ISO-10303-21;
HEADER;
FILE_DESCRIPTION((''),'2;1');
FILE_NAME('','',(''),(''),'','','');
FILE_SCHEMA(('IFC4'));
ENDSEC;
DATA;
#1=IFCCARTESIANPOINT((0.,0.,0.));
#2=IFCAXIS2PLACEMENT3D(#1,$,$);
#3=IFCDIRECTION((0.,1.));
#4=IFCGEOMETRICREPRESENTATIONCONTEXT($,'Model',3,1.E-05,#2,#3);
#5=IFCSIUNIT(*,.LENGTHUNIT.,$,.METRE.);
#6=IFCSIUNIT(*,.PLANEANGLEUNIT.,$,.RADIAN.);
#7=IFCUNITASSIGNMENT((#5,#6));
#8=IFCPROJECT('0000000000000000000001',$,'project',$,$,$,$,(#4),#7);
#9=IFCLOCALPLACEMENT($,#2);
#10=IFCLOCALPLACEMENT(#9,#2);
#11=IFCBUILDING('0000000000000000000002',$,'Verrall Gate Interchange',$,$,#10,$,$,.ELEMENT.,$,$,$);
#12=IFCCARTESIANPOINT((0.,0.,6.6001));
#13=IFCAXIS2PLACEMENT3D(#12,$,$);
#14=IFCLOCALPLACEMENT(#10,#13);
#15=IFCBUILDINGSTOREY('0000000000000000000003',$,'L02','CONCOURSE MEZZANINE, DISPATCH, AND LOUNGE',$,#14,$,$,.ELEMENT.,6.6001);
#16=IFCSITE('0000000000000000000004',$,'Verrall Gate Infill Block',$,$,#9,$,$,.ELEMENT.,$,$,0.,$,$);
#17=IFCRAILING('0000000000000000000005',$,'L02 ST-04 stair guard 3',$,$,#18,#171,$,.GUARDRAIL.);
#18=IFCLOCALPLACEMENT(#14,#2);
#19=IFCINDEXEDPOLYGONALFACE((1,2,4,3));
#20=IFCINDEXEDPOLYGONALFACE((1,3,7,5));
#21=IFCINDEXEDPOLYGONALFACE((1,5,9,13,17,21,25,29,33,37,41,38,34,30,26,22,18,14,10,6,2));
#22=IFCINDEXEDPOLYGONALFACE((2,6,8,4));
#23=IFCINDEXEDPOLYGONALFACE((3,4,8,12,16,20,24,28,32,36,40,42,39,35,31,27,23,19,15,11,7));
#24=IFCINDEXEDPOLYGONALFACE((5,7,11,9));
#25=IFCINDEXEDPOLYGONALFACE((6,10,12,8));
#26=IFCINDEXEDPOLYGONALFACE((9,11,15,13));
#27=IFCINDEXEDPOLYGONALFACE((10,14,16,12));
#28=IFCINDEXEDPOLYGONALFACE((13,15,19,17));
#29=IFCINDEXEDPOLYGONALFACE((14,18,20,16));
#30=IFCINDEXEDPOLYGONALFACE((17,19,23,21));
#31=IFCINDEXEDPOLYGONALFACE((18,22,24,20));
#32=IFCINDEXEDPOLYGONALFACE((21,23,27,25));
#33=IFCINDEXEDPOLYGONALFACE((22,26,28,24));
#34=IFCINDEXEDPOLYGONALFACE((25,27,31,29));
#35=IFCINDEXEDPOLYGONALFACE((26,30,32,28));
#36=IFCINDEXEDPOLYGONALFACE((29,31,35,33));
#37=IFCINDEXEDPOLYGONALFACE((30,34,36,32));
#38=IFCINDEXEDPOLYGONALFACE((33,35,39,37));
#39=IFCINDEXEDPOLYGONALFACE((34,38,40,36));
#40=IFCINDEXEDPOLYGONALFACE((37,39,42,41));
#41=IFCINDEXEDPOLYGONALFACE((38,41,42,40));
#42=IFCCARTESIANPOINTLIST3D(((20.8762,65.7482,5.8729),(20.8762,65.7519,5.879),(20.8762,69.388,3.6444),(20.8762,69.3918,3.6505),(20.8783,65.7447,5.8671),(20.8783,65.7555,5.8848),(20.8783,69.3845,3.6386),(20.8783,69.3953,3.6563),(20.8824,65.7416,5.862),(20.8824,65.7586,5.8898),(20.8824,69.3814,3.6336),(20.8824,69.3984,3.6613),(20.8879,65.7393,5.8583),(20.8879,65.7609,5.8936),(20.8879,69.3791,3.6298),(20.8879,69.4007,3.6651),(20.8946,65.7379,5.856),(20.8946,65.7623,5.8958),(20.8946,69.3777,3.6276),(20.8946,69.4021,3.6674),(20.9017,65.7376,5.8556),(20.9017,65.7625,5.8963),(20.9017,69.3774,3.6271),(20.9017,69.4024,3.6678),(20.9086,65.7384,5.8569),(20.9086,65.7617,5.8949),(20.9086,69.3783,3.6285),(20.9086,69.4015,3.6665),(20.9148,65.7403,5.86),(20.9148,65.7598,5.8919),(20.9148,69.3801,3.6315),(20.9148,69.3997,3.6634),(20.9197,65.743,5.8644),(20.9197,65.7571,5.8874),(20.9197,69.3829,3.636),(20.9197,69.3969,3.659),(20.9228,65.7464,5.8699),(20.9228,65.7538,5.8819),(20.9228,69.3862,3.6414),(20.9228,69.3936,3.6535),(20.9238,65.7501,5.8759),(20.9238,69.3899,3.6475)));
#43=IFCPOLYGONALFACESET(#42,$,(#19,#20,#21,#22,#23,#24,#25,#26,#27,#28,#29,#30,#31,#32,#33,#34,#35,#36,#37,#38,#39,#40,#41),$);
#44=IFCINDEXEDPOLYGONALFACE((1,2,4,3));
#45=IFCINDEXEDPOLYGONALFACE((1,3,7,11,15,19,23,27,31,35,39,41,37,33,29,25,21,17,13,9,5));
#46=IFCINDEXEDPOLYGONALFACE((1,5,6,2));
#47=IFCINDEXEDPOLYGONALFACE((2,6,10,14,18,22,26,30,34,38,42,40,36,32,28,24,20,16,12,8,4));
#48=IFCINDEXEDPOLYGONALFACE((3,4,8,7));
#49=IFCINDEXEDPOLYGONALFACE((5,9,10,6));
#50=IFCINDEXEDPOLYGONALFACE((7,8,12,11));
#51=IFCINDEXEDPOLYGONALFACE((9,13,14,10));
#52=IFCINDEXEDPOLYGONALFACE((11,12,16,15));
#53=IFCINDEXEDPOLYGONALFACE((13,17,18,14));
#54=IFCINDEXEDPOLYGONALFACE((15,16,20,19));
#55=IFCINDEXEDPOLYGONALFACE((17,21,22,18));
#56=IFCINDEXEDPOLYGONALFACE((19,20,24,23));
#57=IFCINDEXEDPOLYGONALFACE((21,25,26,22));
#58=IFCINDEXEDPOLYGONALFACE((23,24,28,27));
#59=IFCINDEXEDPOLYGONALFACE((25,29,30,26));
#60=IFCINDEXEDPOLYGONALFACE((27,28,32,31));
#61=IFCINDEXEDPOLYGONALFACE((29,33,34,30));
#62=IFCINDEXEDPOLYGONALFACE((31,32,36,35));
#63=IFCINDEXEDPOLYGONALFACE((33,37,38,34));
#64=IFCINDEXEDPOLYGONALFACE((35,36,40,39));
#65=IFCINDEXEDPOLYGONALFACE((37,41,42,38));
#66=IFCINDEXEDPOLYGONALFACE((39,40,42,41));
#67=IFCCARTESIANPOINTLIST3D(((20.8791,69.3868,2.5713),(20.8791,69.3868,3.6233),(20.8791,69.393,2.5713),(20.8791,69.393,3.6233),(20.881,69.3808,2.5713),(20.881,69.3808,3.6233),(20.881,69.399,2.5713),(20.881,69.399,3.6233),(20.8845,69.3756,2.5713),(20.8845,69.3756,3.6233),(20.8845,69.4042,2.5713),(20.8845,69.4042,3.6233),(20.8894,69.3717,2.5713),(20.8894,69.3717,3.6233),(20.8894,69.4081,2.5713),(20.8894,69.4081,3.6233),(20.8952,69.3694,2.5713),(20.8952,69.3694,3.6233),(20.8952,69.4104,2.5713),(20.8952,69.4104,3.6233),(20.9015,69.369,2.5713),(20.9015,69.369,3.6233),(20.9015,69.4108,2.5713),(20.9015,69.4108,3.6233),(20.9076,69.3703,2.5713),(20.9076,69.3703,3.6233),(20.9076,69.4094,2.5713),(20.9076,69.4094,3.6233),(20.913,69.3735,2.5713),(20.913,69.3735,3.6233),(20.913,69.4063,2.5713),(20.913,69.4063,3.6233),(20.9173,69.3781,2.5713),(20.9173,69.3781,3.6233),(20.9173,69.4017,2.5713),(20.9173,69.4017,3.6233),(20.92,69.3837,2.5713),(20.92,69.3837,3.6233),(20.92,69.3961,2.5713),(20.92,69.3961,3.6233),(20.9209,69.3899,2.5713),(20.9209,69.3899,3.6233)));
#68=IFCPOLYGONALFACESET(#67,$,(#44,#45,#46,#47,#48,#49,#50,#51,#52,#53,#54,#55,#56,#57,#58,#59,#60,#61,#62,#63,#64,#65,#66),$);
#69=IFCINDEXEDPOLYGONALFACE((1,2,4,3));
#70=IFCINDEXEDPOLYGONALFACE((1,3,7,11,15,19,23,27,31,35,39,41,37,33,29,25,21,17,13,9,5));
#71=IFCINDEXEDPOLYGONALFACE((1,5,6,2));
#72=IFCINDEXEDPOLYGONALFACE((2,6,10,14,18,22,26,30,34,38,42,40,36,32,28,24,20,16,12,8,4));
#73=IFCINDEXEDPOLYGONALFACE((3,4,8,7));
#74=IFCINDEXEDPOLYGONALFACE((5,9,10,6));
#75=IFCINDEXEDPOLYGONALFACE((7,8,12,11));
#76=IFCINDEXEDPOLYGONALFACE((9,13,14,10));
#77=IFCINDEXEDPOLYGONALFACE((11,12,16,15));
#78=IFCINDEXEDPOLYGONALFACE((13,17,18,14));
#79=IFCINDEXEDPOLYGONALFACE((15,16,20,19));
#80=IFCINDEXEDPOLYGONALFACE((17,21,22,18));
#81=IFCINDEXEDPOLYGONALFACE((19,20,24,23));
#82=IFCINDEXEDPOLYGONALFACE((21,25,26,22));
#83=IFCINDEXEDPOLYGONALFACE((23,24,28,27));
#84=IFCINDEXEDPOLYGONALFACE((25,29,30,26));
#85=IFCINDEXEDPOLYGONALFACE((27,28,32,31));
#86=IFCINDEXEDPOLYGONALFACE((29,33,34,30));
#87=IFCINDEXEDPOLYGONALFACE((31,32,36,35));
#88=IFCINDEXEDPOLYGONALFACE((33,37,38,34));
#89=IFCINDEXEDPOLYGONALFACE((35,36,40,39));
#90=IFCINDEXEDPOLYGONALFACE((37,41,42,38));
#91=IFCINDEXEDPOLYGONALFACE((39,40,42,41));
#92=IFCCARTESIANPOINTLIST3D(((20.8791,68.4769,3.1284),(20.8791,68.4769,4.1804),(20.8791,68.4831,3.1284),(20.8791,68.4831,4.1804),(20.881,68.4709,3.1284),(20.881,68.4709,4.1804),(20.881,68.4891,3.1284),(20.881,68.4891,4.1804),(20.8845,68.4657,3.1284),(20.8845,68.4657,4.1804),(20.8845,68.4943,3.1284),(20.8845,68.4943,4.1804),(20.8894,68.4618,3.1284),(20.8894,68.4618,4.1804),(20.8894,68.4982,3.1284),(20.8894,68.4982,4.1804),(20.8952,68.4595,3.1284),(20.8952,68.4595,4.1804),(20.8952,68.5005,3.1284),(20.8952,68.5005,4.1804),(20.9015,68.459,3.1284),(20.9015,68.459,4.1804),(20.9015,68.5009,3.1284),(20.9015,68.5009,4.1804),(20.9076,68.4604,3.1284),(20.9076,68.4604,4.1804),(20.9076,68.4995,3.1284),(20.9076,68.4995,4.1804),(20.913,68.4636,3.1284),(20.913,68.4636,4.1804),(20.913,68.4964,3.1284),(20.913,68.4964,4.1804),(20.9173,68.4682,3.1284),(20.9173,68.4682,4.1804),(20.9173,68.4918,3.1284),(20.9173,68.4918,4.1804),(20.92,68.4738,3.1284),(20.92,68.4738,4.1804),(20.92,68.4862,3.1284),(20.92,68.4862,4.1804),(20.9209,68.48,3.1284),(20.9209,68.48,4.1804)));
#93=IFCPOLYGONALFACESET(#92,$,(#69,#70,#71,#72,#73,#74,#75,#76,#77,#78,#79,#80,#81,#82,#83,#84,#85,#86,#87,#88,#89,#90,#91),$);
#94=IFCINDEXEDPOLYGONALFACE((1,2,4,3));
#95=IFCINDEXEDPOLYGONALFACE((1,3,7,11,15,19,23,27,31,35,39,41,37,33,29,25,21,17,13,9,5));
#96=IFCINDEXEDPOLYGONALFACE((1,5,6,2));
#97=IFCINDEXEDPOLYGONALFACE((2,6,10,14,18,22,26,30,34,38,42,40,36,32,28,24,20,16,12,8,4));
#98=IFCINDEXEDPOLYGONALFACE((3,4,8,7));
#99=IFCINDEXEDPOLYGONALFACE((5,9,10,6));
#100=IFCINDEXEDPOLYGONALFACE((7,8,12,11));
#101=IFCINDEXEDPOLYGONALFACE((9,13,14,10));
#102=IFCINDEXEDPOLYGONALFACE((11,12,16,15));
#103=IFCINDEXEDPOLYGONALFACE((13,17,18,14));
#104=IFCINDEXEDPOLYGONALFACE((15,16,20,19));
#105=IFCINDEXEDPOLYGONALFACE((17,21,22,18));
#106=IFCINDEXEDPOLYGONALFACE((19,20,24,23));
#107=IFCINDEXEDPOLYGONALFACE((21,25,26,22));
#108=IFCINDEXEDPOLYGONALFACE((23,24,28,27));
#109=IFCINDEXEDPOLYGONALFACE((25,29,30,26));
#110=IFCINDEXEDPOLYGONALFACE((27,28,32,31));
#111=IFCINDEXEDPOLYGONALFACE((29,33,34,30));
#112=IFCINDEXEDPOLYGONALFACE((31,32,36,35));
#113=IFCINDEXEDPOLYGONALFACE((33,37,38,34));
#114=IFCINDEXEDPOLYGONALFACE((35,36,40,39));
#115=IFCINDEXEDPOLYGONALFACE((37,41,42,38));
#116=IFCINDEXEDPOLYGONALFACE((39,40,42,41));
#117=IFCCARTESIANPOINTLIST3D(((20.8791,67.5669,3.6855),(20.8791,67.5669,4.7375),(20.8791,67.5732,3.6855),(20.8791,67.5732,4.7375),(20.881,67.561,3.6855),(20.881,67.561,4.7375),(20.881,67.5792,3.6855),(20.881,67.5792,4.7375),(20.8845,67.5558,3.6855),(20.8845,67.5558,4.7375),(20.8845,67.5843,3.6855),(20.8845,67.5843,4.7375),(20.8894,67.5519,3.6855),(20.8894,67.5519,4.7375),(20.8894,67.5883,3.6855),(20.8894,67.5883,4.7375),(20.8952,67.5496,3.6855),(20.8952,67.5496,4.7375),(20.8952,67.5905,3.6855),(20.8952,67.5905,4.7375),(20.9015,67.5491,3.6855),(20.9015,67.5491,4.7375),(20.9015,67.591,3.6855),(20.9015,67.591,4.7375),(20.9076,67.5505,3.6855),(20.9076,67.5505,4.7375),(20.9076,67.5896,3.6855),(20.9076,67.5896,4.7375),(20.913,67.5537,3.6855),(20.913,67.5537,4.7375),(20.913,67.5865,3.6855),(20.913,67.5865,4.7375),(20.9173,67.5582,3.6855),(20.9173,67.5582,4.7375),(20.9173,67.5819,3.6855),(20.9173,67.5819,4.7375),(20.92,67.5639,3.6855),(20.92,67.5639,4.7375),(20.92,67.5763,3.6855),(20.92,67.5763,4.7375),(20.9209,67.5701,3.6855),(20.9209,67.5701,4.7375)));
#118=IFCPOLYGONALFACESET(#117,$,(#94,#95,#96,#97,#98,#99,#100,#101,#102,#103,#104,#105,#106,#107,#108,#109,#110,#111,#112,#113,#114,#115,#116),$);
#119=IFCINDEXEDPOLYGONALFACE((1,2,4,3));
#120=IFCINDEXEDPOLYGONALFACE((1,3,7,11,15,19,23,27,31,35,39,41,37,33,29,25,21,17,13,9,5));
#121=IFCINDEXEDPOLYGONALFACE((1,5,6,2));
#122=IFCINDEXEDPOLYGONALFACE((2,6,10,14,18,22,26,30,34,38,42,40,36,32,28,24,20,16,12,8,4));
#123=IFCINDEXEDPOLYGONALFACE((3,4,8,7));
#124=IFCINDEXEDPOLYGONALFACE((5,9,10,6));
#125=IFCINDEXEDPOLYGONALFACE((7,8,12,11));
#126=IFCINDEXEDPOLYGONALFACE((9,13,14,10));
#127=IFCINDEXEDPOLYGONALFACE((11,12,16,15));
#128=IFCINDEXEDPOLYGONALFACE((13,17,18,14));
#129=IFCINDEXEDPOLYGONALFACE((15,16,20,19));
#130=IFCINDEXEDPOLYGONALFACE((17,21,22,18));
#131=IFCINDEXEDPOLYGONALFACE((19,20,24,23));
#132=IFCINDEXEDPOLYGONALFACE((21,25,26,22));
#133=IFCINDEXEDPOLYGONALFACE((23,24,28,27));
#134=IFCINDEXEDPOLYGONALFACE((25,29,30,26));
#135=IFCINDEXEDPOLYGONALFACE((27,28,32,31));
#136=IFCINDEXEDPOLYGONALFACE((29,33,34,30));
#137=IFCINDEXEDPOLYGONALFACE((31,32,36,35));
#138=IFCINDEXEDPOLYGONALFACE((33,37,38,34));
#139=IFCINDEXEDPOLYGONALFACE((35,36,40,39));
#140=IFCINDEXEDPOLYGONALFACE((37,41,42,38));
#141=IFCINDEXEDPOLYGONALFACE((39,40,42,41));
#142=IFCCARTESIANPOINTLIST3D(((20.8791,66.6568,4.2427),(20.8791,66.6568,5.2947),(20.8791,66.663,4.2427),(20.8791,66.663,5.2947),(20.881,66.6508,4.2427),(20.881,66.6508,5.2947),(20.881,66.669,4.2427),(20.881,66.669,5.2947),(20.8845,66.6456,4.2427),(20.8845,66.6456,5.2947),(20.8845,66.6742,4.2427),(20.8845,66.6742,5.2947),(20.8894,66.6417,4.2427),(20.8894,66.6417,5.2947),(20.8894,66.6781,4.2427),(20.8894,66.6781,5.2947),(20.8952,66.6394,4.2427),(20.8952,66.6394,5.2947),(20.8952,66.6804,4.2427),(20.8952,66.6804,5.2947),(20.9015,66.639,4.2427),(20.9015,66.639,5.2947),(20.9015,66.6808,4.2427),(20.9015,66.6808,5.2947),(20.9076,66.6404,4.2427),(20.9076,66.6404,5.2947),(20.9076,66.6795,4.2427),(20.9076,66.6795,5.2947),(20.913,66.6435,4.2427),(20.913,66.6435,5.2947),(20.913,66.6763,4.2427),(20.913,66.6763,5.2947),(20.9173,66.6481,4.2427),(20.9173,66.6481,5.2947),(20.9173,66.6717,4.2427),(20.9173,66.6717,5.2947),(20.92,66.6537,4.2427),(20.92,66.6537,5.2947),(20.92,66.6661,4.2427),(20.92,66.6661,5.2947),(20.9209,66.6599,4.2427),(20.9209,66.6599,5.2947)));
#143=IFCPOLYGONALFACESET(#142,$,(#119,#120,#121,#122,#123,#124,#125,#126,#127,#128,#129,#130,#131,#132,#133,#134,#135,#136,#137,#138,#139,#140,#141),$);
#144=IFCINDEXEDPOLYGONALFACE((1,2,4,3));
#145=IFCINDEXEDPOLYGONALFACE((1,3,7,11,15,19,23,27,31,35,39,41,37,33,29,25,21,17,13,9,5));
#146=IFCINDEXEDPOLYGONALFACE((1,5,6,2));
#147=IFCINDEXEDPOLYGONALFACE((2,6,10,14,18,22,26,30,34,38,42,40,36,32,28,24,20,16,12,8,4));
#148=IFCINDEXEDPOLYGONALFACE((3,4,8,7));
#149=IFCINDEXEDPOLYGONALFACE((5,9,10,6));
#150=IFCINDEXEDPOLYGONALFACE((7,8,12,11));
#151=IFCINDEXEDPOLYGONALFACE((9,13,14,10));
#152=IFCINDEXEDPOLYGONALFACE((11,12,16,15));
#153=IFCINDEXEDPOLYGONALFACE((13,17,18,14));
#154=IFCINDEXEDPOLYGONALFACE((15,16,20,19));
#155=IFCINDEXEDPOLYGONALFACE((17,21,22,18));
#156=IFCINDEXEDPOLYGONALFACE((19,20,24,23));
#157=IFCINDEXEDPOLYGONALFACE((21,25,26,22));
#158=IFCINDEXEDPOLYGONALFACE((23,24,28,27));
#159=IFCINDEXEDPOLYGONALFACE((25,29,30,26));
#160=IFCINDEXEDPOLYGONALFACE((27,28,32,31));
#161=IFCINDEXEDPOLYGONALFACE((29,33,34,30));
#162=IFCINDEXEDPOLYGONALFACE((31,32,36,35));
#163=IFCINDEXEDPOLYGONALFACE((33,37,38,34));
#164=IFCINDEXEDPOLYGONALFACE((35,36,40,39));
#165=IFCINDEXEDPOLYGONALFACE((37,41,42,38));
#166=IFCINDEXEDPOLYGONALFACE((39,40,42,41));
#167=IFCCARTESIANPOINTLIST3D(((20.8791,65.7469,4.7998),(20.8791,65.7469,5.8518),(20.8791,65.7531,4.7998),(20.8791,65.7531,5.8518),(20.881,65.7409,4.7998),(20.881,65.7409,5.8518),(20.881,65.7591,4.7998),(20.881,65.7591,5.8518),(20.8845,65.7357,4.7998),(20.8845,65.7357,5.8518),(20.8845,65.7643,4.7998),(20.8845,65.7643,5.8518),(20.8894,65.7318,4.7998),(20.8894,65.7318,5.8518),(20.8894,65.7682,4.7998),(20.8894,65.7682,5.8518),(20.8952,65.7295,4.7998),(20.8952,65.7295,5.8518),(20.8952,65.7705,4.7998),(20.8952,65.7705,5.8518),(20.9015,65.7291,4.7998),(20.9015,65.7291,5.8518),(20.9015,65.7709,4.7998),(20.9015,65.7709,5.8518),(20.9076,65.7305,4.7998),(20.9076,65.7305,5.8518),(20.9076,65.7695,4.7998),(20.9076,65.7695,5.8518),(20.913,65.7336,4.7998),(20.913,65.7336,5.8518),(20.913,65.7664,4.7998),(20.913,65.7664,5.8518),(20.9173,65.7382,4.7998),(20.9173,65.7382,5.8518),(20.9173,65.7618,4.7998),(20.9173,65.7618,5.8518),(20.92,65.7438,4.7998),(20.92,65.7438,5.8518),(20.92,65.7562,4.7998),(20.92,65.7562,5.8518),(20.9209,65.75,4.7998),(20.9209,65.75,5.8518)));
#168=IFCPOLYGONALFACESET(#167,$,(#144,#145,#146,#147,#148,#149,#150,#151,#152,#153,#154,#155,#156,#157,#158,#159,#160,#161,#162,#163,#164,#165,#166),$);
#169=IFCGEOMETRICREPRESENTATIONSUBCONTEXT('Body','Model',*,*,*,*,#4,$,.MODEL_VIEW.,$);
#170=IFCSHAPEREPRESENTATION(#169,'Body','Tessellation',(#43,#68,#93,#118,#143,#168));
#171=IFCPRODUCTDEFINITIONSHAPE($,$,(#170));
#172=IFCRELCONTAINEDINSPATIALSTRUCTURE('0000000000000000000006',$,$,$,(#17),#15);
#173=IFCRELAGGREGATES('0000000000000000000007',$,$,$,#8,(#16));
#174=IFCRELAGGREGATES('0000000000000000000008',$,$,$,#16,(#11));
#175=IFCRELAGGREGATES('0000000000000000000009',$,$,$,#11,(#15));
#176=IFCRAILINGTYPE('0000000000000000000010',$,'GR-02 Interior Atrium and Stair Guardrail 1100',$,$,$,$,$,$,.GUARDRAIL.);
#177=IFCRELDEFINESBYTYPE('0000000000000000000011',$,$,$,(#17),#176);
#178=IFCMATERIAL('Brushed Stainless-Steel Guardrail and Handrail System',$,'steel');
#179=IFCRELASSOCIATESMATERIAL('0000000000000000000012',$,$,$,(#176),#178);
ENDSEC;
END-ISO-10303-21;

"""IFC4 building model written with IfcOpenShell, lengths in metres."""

from ifc_helpers import new_model, si_unit, direction, frame, origin, origin_2d, place, context, subcontext, project, spatial, circle, extrude, material, type_object, element, save


model = new_model("IFC4")

# Units and contexts
model_context = context("Model", 3, precision=1e-05, world=origin(), true_north=direction((0.0, 1.0)))
body_context = subcontext(model_context, "Body", "Model", "MODEL_VIEW")
ifc_project = project(units=[si_unit("LENGTHUNIT", "METRE"), si_unit("PLANEANGLEUNIT", "RADIAN")], contexts=[model_context])

# Site, building, storey
site_placement = place(None, origin())
site = spatial("IfcSite", under=ifc_project, at=site_placement, Name="Verrall Gate Infill Block", CompositionType="ELEMENT", RefElevation=0.0)
building_placement = place(site_placement, origin())
building = spatial("IfcBuilding", under=site, at=building_placement, Name="Verrall Gate Interchange", CompositionType="ELEMENT")
storey_placement = place(building_placement, frame((0.0, 0.0, 6.6001)))
storey = spatial("IfcBuildingStorey", under=building, at=storey_placement, Name="L02", Description="CONCOURSE MEZZANINE, DISPATCH, AND LOUNGE", CompositionType="ELEMENT", Elevation=6.6001)

# Railing
ifc_material_1 = material(Name="Brushed Stainless-Steel Guardrail and Handrail System", Category="steel")
railing_type_1 = type_object("IfcRailingType", Name="GR-02 Interior Atrium and Stair Guardrail 1100", PredefinedType="GUARDRAIL", material=ifc_material_1)
railing_1_placement = place(storey_placement, frame((20.8999, 69.3899, 2.5713)))
element("IfcRailing", 1, at=railing_1_placement, inside=storey, type_object=railing_type_1, Name="L02 ST-04 stair guard 3", PredefinedType="GUARDRAIL", context=body_context, shape_type="SweptSolid", body=[
    extrude(circle(Radius=0.0239, at=origin_2d()), frame((0.0, 0.0, 1.0762), z_axis=(0.0, -0.85285, 0.522156), x_axis=(1.0, 0.0, 0.0)), (0.0, 0.0, 1.0), 4.2678),
    extrude(circle(Radius=0.021, at=origin_2d()), origin(), (0.0, 0.0, 1.0), 1.052),
    extrude(circle(Radius=0.021, at=origin_2d()), frame((0.0, -0.9099, 0.5571)), (0.0, 0.0, 1.0), 1.052),
    extrude(circle(Radius=0.021, at=origin_2d()), frame((0.0, -1.8198, 1.1143)), (0.0, 0.0, 1.0), 1.052),
    extrude(circle(Radius=0.021, at=origin_2d()), frame((0.0, -2.73, 1.6714)), (0.0, 0.0, 1.0), 1.052),
    extrude(circle(Radius=0.021, at=origin_2d()), frame((0.0, -3.6399, 2.2285)), (0.0, 0.0, 1.0), 1.052),
])

save(model, "model.ifc")
